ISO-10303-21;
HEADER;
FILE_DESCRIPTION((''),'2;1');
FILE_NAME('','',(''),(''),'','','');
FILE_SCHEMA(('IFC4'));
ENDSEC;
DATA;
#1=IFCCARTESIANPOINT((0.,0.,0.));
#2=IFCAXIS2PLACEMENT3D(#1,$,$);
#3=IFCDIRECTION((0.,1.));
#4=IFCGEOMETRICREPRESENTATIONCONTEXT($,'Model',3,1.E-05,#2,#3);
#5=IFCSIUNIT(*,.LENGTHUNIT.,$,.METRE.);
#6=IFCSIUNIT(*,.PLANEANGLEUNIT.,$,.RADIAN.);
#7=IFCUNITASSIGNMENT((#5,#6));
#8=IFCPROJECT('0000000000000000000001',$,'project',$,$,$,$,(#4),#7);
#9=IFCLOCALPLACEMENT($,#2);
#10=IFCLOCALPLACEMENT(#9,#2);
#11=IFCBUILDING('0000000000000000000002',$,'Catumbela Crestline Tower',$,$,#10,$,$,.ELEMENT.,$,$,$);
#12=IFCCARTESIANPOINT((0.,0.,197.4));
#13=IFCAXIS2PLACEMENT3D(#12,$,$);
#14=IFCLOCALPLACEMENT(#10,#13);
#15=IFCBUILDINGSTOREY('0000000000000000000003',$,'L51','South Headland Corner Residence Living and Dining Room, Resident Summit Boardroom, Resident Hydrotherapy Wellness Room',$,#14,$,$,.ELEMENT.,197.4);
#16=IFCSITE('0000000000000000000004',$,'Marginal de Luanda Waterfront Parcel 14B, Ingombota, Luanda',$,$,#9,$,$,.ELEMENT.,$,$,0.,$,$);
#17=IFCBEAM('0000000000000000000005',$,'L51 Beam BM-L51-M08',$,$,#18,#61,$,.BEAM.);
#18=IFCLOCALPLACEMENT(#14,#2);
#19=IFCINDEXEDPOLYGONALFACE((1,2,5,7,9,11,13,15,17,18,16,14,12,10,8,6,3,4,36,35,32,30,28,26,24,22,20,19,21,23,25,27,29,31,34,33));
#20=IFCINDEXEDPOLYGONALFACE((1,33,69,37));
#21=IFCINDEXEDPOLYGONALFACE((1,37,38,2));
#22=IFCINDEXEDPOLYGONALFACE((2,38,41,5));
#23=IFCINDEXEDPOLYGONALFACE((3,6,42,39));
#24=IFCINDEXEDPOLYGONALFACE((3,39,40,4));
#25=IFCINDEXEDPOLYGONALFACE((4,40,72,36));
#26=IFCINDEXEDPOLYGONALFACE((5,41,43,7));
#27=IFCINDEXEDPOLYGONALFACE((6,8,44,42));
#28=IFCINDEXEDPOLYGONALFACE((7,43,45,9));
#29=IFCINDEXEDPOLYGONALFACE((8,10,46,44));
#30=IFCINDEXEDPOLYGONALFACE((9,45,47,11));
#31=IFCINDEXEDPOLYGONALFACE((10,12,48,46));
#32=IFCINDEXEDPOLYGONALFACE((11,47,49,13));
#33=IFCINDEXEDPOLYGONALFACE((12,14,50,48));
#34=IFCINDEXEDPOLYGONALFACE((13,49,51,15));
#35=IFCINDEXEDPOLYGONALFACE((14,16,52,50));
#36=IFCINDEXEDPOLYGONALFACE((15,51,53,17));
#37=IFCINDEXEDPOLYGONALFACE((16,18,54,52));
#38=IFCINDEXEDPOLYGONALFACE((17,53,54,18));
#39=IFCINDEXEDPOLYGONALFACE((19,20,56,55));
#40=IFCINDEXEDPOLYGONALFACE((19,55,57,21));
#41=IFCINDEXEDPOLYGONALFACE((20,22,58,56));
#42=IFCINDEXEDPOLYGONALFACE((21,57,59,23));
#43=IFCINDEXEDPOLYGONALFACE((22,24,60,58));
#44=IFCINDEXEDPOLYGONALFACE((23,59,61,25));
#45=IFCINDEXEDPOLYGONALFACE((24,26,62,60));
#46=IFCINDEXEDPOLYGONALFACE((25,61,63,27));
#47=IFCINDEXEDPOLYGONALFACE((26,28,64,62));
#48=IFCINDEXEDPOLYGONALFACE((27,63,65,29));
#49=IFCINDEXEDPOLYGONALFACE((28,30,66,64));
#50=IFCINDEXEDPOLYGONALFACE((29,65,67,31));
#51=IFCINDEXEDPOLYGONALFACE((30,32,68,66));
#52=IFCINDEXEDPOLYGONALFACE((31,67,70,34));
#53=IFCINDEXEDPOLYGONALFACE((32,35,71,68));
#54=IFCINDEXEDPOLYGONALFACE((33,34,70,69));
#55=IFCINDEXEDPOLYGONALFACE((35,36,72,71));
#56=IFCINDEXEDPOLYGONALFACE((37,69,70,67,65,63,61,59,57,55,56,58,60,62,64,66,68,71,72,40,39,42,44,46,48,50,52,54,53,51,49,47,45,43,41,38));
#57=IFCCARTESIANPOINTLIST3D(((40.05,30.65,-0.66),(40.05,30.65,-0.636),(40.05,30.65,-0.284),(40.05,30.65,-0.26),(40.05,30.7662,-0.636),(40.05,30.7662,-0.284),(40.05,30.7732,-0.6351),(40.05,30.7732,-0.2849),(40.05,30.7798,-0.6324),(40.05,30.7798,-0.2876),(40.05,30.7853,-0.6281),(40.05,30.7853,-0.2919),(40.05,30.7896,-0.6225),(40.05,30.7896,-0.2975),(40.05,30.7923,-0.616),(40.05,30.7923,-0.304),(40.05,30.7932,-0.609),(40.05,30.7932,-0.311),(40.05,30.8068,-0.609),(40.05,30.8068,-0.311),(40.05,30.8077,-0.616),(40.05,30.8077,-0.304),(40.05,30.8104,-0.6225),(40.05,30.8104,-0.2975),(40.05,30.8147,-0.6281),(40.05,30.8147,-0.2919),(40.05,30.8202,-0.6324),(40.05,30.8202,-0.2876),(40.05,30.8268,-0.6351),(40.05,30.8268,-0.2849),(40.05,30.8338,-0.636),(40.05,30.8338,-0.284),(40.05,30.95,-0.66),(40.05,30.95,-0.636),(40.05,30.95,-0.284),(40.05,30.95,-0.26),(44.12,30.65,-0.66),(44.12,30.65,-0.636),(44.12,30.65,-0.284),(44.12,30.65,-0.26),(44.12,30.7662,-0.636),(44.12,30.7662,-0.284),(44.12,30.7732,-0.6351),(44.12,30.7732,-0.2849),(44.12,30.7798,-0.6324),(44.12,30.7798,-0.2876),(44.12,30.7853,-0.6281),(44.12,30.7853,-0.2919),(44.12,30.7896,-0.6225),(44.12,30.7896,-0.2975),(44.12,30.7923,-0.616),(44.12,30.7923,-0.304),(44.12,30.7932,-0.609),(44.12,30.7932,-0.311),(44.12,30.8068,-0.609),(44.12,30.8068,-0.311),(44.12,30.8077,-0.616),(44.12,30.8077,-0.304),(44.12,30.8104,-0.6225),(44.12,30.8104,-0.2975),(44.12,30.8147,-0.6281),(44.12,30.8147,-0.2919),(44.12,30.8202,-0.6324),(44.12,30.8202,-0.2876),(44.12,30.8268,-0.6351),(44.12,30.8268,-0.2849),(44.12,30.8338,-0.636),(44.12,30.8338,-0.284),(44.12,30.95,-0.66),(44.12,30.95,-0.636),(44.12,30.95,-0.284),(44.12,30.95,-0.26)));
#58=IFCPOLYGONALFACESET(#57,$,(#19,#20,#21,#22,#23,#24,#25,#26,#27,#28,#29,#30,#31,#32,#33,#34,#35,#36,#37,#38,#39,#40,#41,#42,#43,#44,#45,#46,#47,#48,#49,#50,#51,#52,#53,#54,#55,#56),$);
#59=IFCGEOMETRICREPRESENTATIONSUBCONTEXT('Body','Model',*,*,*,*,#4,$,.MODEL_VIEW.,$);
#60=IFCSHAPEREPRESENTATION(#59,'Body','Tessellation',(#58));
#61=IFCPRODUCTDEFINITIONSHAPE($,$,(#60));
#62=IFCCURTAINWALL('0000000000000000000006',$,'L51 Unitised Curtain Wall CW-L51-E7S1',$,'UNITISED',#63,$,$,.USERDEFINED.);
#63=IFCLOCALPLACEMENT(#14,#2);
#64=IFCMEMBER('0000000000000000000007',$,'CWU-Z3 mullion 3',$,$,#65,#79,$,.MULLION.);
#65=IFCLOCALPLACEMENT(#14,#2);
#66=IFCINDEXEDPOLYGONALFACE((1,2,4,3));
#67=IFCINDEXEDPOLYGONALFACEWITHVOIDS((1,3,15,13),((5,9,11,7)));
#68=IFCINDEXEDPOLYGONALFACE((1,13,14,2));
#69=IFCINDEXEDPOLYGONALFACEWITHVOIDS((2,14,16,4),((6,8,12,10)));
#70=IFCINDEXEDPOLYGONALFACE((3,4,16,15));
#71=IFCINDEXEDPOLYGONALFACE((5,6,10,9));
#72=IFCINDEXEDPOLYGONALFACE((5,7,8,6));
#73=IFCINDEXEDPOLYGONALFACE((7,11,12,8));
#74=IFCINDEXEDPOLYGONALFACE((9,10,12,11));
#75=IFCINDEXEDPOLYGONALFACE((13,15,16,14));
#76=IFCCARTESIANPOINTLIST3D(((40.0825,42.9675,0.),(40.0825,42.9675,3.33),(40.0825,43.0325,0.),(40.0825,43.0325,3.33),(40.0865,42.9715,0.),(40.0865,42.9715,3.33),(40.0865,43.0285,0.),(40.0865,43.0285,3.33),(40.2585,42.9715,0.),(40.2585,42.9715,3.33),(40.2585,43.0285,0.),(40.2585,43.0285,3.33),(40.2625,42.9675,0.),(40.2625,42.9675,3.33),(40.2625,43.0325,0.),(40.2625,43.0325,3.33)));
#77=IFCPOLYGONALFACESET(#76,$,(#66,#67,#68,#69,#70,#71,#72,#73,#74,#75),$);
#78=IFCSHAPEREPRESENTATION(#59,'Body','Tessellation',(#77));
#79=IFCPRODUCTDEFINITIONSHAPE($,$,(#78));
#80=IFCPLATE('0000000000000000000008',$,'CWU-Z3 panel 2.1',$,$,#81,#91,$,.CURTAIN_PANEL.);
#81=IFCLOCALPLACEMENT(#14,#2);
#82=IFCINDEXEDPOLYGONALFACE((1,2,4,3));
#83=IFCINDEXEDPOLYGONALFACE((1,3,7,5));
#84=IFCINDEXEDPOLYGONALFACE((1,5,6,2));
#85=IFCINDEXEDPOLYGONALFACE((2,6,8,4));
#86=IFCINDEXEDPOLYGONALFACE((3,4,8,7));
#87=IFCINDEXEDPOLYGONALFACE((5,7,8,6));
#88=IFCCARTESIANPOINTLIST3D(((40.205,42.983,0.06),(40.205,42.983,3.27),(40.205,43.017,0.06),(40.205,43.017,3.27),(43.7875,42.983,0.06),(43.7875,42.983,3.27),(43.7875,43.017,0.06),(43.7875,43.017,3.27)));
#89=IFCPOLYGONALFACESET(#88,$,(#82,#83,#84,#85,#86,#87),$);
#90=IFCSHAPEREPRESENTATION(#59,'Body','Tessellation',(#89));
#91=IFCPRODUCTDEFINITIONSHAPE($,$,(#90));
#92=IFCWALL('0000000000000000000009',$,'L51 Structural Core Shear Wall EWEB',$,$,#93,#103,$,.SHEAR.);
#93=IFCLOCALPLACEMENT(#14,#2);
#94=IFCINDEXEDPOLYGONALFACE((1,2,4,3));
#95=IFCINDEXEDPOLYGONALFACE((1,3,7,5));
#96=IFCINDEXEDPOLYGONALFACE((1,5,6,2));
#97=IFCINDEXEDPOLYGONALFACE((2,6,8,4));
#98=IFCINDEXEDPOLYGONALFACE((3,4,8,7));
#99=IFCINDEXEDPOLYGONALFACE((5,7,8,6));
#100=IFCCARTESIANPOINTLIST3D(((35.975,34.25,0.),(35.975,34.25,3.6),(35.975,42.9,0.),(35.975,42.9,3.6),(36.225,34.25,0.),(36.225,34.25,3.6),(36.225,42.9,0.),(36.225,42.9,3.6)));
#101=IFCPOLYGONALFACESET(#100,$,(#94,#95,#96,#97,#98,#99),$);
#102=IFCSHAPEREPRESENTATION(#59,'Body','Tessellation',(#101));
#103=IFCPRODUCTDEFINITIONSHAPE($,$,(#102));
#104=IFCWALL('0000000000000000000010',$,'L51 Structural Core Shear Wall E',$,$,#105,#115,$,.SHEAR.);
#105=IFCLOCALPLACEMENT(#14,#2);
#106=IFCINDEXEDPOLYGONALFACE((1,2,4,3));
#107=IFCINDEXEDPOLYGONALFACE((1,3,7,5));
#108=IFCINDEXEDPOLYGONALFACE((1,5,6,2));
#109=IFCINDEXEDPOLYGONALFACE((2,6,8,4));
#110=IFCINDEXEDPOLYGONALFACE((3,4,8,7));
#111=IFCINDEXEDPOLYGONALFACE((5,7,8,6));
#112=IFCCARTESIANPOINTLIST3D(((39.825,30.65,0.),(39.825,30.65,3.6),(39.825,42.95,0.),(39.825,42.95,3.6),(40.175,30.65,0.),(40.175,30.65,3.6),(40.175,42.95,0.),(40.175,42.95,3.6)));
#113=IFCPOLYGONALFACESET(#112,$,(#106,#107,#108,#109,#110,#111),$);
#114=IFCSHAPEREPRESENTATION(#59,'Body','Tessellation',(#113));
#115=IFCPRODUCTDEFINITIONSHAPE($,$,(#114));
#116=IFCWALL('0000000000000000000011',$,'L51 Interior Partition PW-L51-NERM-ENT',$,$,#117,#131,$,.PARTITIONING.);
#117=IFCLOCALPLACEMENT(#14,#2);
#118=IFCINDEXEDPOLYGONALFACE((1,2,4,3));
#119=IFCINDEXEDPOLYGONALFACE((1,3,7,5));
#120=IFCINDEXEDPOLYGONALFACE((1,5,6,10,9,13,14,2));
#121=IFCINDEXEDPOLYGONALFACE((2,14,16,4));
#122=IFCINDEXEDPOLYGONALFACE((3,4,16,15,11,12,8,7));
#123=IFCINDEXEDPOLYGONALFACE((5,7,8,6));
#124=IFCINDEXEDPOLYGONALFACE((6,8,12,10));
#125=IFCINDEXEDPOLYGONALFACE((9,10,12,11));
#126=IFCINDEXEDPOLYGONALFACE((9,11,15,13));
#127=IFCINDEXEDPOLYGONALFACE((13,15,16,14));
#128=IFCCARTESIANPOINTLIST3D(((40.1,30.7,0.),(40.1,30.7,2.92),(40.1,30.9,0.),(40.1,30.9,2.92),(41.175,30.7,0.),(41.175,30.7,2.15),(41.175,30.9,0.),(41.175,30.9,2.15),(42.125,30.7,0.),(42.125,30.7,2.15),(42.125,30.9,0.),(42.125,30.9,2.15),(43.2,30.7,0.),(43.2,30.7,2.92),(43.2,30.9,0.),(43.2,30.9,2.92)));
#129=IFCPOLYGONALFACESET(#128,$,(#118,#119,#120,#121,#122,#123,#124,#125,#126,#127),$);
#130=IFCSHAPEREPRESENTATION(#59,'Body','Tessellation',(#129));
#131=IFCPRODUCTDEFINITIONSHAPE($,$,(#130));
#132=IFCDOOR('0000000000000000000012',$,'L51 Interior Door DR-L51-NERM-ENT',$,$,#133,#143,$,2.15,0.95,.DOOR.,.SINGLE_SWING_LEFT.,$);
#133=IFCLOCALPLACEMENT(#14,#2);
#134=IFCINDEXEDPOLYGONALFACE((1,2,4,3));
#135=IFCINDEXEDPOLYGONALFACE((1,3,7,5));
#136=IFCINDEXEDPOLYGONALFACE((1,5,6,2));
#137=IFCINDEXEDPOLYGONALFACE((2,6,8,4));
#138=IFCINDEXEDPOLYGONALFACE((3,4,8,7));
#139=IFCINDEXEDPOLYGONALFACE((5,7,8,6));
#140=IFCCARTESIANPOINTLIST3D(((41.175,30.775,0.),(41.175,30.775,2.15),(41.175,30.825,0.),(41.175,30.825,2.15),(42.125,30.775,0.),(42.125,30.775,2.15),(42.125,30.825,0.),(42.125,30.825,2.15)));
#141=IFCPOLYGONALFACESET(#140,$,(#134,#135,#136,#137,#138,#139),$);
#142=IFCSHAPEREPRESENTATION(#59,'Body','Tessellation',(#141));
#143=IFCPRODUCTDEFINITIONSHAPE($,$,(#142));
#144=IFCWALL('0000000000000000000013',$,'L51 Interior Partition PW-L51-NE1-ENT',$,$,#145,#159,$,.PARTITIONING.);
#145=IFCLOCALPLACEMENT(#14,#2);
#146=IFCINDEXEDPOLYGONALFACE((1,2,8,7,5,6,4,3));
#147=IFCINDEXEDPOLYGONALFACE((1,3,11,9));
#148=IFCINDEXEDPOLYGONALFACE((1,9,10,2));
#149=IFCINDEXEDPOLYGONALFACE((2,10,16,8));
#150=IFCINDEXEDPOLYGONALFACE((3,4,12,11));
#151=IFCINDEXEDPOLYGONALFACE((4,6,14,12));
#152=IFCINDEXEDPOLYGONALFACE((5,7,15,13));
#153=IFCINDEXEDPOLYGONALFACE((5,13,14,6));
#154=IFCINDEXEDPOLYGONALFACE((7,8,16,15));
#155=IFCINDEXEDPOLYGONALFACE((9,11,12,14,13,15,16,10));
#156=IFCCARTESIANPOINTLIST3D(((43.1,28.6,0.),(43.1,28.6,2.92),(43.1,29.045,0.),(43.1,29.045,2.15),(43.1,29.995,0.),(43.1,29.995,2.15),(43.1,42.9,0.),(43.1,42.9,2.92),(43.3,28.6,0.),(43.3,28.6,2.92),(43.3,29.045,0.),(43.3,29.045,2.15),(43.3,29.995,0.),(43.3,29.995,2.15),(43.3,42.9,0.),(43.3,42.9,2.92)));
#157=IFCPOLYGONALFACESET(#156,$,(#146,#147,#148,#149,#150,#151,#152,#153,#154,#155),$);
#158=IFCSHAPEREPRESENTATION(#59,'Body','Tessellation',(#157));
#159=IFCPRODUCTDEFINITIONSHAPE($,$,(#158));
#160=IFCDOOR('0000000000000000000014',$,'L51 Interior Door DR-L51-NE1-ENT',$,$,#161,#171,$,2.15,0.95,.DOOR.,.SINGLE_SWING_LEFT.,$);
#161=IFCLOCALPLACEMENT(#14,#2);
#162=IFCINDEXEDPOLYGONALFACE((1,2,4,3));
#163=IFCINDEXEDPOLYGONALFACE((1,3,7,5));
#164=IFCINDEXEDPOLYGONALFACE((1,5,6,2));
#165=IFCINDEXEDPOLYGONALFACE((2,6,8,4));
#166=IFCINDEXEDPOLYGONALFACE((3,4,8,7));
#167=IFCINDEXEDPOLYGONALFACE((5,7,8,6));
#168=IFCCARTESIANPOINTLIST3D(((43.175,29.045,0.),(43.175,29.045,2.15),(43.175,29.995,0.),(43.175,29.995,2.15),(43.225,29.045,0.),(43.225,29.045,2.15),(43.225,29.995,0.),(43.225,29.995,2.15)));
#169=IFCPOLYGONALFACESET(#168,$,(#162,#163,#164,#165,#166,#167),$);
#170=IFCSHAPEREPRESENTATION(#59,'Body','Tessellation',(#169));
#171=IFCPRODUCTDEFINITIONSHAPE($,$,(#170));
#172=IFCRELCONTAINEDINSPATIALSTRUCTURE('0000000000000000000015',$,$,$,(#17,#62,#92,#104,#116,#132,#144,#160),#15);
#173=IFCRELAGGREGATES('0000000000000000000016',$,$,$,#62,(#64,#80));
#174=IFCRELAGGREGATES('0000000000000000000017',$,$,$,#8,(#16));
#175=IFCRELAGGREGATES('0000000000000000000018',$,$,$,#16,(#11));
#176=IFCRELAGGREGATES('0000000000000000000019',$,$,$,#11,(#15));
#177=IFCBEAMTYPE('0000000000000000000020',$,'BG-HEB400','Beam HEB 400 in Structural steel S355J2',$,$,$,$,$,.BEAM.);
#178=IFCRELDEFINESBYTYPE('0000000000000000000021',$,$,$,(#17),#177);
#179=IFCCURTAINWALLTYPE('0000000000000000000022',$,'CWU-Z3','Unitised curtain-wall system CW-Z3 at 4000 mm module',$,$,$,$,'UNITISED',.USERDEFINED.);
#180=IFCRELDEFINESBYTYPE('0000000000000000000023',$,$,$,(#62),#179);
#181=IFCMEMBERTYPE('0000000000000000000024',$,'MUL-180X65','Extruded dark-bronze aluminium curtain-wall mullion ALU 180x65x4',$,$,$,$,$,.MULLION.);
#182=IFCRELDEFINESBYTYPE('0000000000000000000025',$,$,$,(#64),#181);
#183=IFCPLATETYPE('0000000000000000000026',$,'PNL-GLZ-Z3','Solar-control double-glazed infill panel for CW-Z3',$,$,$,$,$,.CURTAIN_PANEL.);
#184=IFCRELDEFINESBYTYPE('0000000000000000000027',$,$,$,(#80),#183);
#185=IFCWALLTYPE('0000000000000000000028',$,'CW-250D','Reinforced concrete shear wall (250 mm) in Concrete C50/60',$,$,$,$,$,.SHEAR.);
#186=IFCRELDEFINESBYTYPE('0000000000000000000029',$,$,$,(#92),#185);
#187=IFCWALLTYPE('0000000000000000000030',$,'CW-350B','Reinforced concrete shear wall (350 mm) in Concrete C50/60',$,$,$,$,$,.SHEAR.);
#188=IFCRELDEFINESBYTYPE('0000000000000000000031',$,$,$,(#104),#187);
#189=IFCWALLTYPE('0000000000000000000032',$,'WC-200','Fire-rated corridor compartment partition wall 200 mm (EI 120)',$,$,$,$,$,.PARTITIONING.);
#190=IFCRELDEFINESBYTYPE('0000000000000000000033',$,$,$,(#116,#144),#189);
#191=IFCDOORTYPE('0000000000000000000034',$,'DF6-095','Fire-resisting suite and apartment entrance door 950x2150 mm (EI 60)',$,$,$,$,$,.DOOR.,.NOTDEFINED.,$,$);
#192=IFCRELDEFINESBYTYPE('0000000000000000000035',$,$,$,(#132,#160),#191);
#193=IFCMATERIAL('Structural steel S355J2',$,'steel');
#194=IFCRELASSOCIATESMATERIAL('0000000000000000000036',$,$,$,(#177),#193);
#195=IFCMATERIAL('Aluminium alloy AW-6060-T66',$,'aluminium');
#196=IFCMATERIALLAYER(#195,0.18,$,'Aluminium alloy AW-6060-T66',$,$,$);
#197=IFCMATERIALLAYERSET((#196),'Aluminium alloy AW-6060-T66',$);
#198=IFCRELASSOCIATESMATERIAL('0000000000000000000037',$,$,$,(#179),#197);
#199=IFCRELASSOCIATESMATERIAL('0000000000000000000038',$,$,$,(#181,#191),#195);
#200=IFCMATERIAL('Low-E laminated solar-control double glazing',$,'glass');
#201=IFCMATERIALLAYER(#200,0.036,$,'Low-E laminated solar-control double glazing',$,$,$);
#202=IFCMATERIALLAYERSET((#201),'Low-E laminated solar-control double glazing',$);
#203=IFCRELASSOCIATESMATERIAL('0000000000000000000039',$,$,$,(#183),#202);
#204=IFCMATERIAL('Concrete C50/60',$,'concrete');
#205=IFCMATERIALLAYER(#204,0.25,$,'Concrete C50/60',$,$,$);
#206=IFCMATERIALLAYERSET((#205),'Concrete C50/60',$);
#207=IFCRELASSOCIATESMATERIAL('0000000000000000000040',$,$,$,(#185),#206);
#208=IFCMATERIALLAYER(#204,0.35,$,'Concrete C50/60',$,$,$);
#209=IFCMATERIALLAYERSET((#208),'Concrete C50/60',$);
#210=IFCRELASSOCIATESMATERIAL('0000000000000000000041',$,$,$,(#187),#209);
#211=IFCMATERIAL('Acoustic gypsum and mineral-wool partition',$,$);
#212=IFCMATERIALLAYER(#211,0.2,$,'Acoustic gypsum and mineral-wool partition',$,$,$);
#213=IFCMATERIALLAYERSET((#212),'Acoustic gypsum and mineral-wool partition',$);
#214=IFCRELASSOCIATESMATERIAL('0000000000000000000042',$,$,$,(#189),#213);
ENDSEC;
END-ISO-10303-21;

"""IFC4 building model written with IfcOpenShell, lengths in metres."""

from ifc_helpers import new_model, si_unit, direction, frame, frame_2d, origin, origin_2d, place, context, subcontext, project, spatial, rectangle, hollow_rectangle, i_section, extrude, material, layer, layer_set, material_profile, profile_set, type_object, element, fill, aggregate, save


model = new_model("IFC4")

# Units and contexts
model_context = context("Model", 3, precision=1e-05, world=origin(), true_north=direction((0.0, 1.0)))
body_context = subcontext(model_context, "Body", "Model", "MODEL_VIEW")
ifc_project = project(units=[si_unit("LENGTHUNIT", "METRE"), si_unit("PLANEANGLEUNIT", "RADIAN")], contexts=[model_context])

# Site, building, storey
site_placement = place(None, origin())
site = spatial("IfcSite", under=ifc_project, at=site_placement, Name="Marginal de Luanda Waterfront Parcel 14B, Ingombota, Luanda", CompositionType="ELEMENT", RefElevation=0.0)
building_placement = place(site_placement, origin())
building = spatial("IfcBuilding", under=site, at=building_placement, Name="Catumbela Crestline Tower", CompositionType="ELEMENT")
storey_placement = place(building_placement, frame((0.0, 0.0, 197.4)))
storey = spatial("IfcBuildingStorey", under=building, at=storey_placement, Name="L51", Description="South Headland Corner Residence Living and Dining Room, Resident Summit Boardroom, Resident Hydrotherapy Wellness Room", CompositionType="ELEMENT", Elevation=197.4)

# Beam
ifc_material_1 = material(Name="Structural steel S355J2", Category="steel")
ifc_material_profile_1 = material_profile(ifc_material_1, i_section(OverallWidth=0.3, OverallDepth=0.4, WebThickness=0.0135, FlangeThickness=0.024, FilletRadius=0.027, at=origin_2d()), Name="HEB 400")
ifc_profile_set_1 = profile_set([ifc_material_profile_1], Name="Structural steel S355J2")
beam_type = type_object("IfcBeamType", Name="BG-HEB400", Description="Beam HEB 400 in Structural steel S355J2", PredefinedType="BEAM", material=ifc_profile_set_1)
beam_placement = place(storey_placement, frame((40.05, 30.8, -0.46), z_axis=(1.0, 0.0, 0.0), x_axis=(0.0, 1.0, 0.0)))
element("IfcBeam", 1, at=beam_placement, inside=storey, type_object=beam_type, Name="L51 Beam BM-L51-M08", PredefinedType="BEAM", context=body_context, shape_type="SweptSolid", body=[
    extrude(i_section(OverallWidth=0.3, OverallDepth=0.4, WebThickness=0.0135, FlangeThickness=0.024, FilletRadius=0.027, at=origin_2d()), origin(), (0.0, 0.0, 1.0), 4.07),
])

# Curtain wall, member, plate
ifc_material_2 = material(Name="Aluminium alloy AW-6060-T66", Category="aluminium")
ifc_layer_1 = layer(ifc_material_2, 0.18, Name="Aluminium alloy AW-6060-T66")
ifc_layer_set_1 = layer_set([ifc_layer_1], Name="Aluminium alloy AW-6060-T66")
curtain_wall_type = type_object("IfcCurtainWallType", Name="CWU-Z3", Description="Unitised curtain-wall system CW-Z3 at 4000 mm module", ElementType="UNITISED", PredefinedType="USERDEFINED", material=ifc_layer_set_1)
curtain_wall_placement = place(storey_placement, origin())
curtain_wall = element("IfcCurtainWall", 2, at=curtain_wall_placement, inside=storey, type_object=curtain_wall_type, Name="L51 Unitised Curtain Wall CW-L51-E7S1", ObjectType="UNITISED", PredefinedType="USERDEFINED")
ifc_material_profile_2 = material_profile(ifc_material_2, hollow_rectangle(XDim=0.065, YDim=0.18, WallThickness=0.004, at=origin_2d()), Name="ALU 180x65x4")
ifc_profile_set_2 = profile_set([ifc_material_profile_2], Name="Aluminium alloy AW-6060-T66")
member_type = type_object("IfcMemberType", Name="MUL-180X65", Description="Extruded dark-bronze aluminium curtain-wall mullion ALU 180x65x4", PredefinedType="MULLION", material=ifc_profile_set_2)
member_placement = place(storey_placement, frame((40.1725, 43.0, 0.0), z_axis=(0.0, 0.0, 1.0), x_axis=(0.0, -1.0, 0.0)))
member = element("IfcMember", 3, at=member_placement, type_object=member_type, Name="CWU-Z3 mullion 3", PredefinedType="MULLION", context=body_context, shape_type="SweptSolid", body=[
    extrude(hollow_rectangle(XDim=0.065, YDim=0.18, WallThickness=0.004, at=origin_2d()), origin(), (0.0, 0.0, 1.0), 3.33),
])
ifc_material_3 = material(Name="Low-E laminated solar-control double glazing", Category="glass")
ifc_layer_2 = layer(ifc_material_3, 0.036, Name="Low-E laminated solar-control double glazing")
ifc_layer_set_2 = layer_set([ifc_layer_2], Name="Low-E laminated solar-control double glazing")
plate_type = type_object("IfcPlateType", Name="PNL-GLZ-Z3", Description="Solar-control double-glazed infill panel for CW-Z3", PredefinedType="CURTAIN_PANEL", material=ifc_layer_set_2)
plate_placement = place(storey_placement, frame((41.9963, 43.0, 0.06), z_axis=(0.0, 0.0, 1.0), x_axis=(-1.0, 0.0, 0.0)))
plate = element("IfcPlate", 4, at=plate_placement, type_object=plate_type, Name="CWU-Z3 panel 2.1", PredefinedType="CURTAIN_PANEL", context=body_context, shape_type="SweptSolid", body=[
    extrude(rectangle(XDim=3.5825, YDim=0.034, at=origin_2d()), origin(), (0.0, 0.0, 1.0), 3.21),
])
aggregate(curtain_wall, [member, plate])

# Walls
ifc_material_4 = material(Name="Concrete C50/60", Category="concrete")
ifc_layer_3 = layer(ifc_material_4, 0.25, Name="Concrete C50/60")
ifc_layer_set_3 = layer_set([ifc_layer_3], Name="Concrete C50/60")
wall_type_1 = type_object("IfcWallType", Name="CW-250D", Description="Reinforced concrete shear wall (250 mm) in Concrete C50/60", PredefinedType="SHEAR", material=ifc_layer_set_3)
wall_1_placement = place(storey_placement, frame((36.1, 34.25, 0.0), z_axis=(0.0, 0.0, 1.0), x_axis=(0.0, 1.0, 0.0)))
element("IfcWall", 5, at=wall_1_placement, inside=storey, type_object=wall_type_1, Name="L51 Structural Core Shear Wall EWEB", PredefinedType="SHEAR", context=body_context, shape_type="SweptSolid", body=[
    extrude(rectangle(XDim=8.65, YDim=0.25, at=frame_2d((4.325, 0.0))), origin(), (0.0, 0.0, 1.0), 3.6),
])
ifc_layer_4 = layer(ifc_material_4, 0.35, Name="Concrete C50/60")
ifc_layer_set_4 = layer_set([ifc_layer_4], Name="Concrete C50/60")
wall_type_2 = type_object("IfcWallType", Name="CW-350B", Description="Reinforced concrete shear wall (350 mm) in Concrete C50/60", PredefinedType="SHEAR", material=ifc_layer_set_4)
wall_2_placement = place(storey_placement, frame((40.0, 30.65, 0.0), z_axis=(0.0, 0.0, 1.0), x_axis=(0.0, 1.0, 0.0)))
element("IfcWall", 6, at=wall_2_placement, inside=storey, type_object=wall_type_2, Name="L51 Structural Core Shear Wall E", PredefinedType="SHEAR", context=body_context, shape_type="SweptSolid", body=[
    extrude(rectangle(XDim=12.3, YDim=0.35, at=frame_2d((6.15, 0.0))), origin(), (0.0, 0.0, 1.0), 3.6),
])

# Walls, openings, doors
ifc_material_5 = material(Name="Acoustic gypsum and mineral-wool partition")
ifc_layer_5 = layer(ifc_material_5, 0.2, Name="Acoustic gypsum and mineral-wool partition")
ifc_layer_set_5 = layer_set([ifc_layer_5], Name="Acoustic gypsum and mineral-wool partition")
wall_type_3 = type_object("IfcWallType", Name="WC-200", Description="Fire-rated corridor compartment partition wall 200 mm (EI 120)", PredefinedType="PARTITIONING", material=ifc_layer_set_5)
wall_3_placement = place(storey_placement, frame((40.1, 30.8, 0.0), z_axis=(0.0, 0.0, 1.0), x_axis=(1.0, 0.0, 0.0)))
wall_3 = element("IfcWall", 7, at=wall_3_placement, inside=storey, type_object=wall_type_3, Name="L51 Interior Partition PW-L51-NERM-ENT", PredefinedType="PARTITIONING", context=body_context, shape_type="SweptSolid", body=[
    extrude(rectangle(XDim=3.1, YDim=0.2, at=frame_2d((1.55, 0.0))), origin(), (0.0, 0.0, 1.0), 2.92),
])
opening_1_placement = place(wall_3_placement, frame((1.075, 0.0, 0.0)))
opening_1 = element("IfcOpeningElement", 8, at=opening_1_placement, cuts=wall_3, PredefinedType="OPENING", context=body_context, shape_type="SweptSolid", body=[
    extrude(rectangle(XDim=0.95, YDim=2.15, at=frame_2d((0.475, 1.075))), frame((0.0, 0.11, 0.0), z_axis=(0.0, -1.0, 0.0), x_axis=(1.0, 0.0, 0.0)), (0.0, 0.0, 1.0), 0.22),
])
door_type_1 = type_object("IfcDoorType", Name="DF6-095", Description="Fire-resisting suite and apartment entrance door 950x2150 mm (EI 60)", OperationType="NOTDEFINED", PredefinedType="DOOR", material=ifc_material_2)
door_1_placement = place(opening_1_placement, origin())
door_1 = element("IfcDoor", 9, at=door_1_placement, inside=storey, type_object=door_type_1, Name="L51 Interior Door DR-L51-NERM-ENT", OperationType="SINGLE_SWING_LEFT", OverallHeight=2.15, OverallWidth=0.95, PredefinedType="DOOR", context=body_context, shape_type="SweptSolid", body=[
    extrude(rectangle(XDim=0.95, YDim=2.15, at=frame_2d((0.475, 1.075))), frame((0.0, 0.025, 0.0), z_axis=(0.0, -1.0, 0.0), x_axis=(1.0, 0.0, 0.0)), (0.0, 0.0, 1.0), 0.05),
])
fill(opening_1, door_1)
wall_4_placement = place(storey_placement, frame((43.2, 28.6, 0.0), z_axis=(0.0, 0.0, 1.0), x_axis=(0.0, 1.0, 0.0)))
wall_4 = element("IfcWall", 10, at=wall_4_placement, inside=storey, type_object=wall_type_3, Name="L51 Interior Partition PW-L51-NE1-ENT", PredefinedType="PARTITIONING", context=body_context, shape_type="SweptSolid", body=[
    extrude(rectangle(XDim=14.3, YDim=0.2, at=frame_2d((7.15, 0.0))), origin(), (0.0, 0.0, 1.0), 2.92),
])
opening_2_placement = place(wall_4_placement, frame((0.445, 0.0, 0.0)))
opening_2 = element("IfcOpeningElement", 11, at=opening_2_placement, cuts=wall_4, PredefinedType="OPENING", context=body_context, shape_type="SweptSolid", body=[
    extrude(rectangle(XDim=0.95, YDim=2.15, at=frame_2d((0.475, 1.075))), frame((0.0, 0.11, 0.0), z_axis=(0.0, -1.0, 0.0), x_axis=(1.0, 0.0, 0.0)), (0.0, 0.0, 1.0), 0.22),
])
door_2_placement = place(opening_2_placement, origin())
door_2 = element("IfcDoor", 12, at=door_2_placement, inside=storey, type_object=door_type_1, Name="L51 Interior Door DR-L51-NE1-ENT", OperationType="SINGLE_SWING_LEFT", OverallHeight=2.15, OverallWidth=0.95, PredefinedType="DOOR", context=body_context, shape_type="SweptSolid", body=[
    extrude(rectangle(XDim=0.95, YDim=2.15, at=frame_2d((0.475, 1.075))), frame((0.0, 0.025, 0.0), z_axis=(0.0, -1.0, 0.0), x_axis=(1.0, 0.0, 0.0)), (0.0, 0.0, 1.0), 0.05),
])
fill(opening_2, door_2)

save(model, "model.ifc")
